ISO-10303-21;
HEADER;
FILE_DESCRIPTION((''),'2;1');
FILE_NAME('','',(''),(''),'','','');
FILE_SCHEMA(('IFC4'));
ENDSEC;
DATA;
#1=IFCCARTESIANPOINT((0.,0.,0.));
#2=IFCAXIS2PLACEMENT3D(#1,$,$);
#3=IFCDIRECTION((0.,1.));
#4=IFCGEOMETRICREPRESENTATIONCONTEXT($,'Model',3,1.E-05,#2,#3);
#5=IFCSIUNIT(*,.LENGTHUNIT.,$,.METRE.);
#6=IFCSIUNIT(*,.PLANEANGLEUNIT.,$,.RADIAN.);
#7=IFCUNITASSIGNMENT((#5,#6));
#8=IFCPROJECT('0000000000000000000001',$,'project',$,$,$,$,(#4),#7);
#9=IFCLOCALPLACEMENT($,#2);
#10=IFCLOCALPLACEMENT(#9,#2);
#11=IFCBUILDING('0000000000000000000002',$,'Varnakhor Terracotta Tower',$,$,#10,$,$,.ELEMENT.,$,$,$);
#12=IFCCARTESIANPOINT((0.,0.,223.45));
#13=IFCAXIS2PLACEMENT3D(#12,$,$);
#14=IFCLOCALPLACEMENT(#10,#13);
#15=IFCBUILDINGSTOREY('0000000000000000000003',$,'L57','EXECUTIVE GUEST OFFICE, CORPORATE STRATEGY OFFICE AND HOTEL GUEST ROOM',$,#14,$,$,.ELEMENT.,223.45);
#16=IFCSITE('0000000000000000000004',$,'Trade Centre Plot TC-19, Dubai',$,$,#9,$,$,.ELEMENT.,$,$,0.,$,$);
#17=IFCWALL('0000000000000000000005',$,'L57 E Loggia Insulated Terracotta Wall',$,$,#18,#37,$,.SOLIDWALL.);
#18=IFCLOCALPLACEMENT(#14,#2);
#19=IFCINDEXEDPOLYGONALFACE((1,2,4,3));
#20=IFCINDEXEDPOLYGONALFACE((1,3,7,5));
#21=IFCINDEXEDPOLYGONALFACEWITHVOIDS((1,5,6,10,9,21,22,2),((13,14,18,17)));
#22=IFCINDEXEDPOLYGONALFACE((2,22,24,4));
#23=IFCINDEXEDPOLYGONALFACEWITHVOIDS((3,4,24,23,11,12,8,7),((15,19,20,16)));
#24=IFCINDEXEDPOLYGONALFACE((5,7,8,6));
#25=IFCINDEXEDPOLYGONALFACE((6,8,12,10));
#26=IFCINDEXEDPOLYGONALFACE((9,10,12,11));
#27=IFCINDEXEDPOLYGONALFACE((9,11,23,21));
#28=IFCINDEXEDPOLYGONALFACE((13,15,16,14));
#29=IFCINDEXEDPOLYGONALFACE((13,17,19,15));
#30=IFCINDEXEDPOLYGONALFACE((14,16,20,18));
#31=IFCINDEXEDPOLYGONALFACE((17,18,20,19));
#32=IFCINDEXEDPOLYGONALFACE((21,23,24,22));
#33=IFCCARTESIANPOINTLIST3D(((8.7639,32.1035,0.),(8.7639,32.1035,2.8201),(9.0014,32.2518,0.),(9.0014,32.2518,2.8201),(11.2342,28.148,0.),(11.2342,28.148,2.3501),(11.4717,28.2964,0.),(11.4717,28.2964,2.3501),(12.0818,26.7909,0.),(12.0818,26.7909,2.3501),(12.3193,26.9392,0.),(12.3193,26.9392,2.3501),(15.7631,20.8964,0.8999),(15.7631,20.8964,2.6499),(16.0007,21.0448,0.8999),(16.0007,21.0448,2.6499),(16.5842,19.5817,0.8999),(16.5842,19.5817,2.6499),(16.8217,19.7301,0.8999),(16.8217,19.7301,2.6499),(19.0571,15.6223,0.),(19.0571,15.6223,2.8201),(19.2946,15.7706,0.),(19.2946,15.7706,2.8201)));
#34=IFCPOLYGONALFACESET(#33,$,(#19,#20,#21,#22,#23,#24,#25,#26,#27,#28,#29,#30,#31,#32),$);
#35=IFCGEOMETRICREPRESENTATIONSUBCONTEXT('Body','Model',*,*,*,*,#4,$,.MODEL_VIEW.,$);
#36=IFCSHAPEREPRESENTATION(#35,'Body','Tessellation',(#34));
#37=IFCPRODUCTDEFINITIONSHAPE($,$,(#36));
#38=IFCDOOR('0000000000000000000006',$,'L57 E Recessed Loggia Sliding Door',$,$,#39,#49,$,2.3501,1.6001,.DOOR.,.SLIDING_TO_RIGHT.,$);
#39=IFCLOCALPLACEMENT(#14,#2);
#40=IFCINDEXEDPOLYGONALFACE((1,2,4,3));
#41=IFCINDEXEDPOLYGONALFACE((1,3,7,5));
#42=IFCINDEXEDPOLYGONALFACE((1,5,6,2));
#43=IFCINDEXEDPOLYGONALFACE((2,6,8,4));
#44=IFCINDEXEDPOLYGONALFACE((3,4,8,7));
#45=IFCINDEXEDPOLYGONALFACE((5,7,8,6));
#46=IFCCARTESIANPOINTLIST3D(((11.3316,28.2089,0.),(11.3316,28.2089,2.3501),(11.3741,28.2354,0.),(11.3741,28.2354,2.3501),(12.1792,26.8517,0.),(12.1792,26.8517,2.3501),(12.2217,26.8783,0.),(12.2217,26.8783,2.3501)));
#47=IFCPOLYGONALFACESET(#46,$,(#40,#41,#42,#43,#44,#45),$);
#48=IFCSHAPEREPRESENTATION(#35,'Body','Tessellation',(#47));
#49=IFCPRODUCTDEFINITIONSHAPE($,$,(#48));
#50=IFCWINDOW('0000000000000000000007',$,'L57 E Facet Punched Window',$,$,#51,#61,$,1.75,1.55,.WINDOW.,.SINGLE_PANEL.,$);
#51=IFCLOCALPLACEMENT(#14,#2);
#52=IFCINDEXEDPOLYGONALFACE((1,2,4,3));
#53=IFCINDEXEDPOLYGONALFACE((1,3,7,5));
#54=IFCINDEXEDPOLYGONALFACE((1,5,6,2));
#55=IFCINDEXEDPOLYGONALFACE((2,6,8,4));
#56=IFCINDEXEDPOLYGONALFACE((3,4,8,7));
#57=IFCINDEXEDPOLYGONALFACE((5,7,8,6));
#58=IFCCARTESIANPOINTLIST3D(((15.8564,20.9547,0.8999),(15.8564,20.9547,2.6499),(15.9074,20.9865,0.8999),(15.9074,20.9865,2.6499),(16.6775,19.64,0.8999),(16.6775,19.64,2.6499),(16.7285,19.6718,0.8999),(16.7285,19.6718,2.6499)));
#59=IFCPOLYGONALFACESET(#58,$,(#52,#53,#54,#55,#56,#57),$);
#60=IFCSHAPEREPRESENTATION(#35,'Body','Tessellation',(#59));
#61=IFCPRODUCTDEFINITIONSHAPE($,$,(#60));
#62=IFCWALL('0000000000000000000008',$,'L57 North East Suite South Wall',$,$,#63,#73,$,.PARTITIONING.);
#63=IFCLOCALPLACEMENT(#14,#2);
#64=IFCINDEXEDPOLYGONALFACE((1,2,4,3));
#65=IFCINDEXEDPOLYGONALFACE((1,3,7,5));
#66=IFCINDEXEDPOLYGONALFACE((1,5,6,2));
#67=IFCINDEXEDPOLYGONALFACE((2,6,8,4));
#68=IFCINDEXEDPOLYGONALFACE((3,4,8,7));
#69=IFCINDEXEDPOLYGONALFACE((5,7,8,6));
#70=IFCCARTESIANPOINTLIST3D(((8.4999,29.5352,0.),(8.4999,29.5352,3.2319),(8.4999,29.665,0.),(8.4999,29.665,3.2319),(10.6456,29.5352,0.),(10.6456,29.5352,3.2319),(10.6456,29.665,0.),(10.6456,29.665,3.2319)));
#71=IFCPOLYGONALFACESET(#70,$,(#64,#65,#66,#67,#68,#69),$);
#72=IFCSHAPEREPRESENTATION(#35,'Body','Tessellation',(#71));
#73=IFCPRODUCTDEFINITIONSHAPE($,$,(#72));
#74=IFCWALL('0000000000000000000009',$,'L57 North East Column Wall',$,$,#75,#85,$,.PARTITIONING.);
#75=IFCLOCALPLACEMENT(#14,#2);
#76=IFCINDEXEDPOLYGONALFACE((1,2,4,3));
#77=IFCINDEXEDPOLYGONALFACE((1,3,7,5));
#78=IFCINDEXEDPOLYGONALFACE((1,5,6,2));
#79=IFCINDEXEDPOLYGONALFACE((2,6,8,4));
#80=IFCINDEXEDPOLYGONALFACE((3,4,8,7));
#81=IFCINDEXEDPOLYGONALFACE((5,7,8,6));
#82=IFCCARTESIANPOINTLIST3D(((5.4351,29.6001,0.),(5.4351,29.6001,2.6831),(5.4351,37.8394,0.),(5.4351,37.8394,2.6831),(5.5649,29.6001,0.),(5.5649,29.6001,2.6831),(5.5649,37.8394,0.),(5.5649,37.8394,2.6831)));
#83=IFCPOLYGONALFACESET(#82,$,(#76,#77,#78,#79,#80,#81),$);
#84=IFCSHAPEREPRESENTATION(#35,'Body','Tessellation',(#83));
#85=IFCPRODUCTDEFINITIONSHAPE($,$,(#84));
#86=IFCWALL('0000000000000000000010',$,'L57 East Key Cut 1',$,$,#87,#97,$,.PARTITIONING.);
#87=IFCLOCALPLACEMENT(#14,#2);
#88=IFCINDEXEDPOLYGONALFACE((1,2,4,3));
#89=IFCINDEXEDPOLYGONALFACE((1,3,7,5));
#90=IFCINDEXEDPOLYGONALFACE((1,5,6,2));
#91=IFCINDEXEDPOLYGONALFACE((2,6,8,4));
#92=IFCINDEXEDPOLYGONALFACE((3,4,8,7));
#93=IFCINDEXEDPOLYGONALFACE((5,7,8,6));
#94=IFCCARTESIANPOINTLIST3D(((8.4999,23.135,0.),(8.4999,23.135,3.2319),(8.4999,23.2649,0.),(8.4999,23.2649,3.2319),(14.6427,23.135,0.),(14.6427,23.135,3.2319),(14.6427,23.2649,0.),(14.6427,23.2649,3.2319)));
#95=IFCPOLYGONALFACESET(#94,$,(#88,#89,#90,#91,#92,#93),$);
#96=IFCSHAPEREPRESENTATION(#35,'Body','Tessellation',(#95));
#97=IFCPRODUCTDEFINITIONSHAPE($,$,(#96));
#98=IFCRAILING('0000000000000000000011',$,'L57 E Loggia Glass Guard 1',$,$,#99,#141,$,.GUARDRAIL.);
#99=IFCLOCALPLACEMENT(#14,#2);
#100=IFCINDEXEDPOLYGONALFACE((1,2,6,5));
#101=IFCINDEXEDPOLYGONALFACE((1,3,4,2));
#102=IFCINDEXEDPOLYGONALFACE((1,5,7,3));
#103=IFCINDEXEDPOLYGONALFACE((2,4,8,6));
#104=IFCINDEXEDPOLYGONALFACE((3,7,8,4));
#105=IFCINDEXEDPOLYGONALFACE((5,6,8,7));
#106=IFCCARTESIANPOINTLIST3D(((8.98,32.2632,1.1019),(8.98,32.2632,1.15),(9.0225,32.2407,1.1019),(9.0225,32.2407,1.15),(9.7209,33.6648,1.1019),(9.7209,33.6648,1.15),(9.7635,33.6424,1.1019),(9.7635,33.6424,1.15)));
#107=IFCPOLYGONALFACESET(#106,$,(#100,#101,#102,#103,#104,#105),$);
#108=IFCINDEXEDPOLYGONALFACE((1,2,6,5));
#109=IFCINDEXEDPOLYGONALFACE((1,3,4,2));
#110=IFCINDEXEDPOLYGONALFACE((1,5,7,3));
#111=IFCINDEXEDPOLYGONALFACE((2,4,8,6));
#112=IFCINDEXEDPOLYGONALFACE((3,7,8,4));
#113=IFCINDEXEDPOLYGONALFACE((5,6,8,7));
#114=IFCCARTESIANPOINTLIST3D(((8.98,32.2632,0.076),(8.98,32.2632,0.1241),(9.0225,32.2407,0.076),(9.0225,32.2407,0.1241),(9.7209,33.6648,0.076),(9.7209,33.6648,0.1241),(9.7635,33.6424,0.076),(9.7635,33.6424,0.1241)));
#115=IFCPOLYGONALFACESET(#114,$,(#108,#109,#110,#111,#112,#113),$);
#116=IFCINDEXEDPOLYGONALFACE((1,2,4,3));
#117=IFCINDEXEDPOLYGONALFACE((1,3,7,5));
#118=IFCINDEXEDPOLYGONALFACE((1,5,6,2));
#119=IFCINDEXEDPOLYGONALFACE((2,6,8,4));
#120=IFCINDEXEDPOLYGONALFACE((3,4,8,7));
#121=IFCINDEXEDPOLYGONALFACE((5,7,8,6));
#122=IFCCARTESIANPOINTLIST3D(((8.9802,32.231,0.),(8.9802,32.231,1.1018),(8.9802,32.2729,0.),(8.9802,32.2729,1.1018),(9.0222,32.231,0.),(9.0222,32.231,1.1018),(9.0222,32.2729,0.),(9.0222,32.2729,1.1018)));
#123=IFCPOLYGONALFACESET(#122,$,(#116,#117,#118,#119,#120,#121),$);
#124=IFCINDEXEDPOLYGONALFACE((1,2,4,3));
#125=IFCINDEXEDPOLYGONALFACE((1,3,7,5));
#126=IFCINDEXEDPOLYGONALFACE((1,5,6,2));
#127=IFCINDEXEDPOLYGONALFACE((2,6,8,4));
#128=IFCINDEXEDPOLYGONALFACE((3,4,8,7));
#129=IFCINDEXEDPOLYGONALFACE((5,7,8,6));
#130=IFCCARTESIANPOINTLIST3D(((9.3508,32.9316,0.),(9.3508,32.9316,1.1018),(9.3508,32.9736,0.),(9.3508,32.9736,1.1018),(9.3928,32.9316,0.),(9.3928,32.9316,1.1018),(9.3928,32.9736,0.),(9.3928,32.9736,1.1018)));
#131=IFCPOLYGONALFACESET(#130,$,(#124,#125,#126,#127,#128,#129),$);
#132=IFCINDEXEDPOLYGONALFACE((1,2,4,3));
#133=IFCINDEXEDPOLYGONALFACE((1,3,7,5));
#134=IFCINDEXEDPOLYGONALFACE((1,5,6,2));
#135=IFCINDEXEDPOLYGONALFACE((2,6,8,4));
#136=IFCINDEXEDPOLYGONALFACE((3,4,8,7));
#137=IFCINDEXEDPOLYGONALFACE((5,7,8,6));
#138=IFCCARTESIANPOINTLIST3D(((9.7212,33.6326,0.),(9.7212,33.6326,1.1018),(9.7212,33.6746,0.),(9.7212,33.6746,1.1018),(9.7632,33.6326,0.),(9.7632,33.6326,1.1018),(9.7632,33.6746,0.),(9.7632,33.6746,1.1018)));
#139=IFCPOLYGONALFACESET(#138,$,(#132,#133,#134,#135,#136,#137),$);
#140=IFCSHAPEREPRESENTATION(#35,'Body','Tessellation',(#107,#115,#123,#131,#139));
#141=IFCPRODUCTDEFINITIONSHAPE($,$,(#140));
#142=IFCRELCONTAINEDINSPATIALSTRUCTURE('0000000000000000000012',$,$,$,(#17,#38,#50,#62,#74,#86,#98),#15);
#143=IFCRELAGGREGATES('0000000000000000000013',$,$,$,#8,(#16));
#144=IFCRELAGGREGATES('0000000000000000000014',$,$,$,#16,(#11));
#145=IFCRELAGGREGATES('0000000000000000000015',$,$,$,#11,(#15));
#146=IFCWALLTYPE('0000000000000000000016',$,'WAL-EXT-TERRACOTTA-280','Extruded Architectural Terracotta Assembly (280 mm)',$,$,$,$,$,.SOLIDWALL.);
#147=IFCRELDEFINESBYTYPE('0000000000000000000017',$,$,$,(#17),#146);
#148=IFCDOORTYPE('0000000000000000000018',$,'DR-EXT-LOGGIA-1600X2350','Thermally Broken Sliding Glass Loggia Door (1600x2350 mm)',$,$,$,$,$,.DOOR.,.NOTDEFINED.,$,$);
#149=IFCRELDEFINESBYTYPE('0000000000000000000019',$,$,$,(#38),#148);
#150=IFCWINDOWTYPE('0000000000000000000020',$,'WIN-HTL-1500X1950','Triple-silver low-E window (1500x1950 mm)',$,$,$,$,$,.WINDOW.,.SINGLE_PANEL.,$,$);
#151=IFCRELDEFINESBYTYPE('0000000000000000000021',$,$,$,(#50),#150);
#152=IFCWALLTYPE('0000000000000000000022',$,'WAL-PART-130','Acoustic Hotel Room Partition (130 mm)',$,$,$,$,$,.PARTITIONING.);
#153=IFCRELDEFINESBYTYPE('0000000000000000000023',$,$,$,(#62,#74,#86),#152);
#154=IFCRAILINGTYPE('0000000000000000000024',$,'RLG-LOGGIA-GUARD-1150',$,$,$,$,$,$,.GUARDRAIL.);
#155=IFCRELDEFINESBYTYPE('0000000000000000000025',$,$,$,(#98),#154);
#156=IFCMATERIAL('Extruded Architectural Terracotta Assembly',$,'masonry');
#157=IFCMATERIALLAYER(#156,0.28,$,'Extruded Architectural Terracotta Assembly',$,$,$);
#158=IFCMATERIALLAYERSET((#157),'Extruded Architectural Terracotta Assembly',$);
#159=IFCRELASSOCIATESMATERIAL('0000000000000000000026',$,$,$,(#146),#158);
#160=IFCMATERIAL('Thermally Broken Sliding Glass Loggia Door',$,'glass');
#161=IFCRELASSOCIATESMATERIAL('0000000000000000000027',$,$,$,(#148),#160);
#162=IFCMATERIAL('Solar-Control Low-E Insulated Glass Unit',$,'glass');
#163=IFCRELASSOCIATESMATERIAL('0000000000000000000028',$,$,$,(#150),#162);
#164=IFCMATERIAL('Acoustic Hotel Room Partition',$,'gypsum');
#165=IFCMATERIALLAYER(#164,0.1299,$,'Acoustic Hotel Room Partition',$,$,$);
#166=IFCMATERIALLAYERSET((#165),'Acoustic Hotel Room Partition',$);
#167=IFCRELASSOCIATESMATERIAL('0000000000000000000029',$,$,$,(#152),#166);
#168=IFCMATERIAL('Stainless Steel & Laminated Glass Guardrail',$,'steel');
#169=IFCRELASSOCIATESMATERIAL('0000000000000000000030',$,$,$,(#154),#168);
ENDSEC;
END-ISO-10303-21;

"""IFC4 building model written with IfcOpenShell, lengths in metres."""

from ifc_helpers import new_model, si_unit, direction, frame, frame_2d, origin, origin_2d, place, context, subcontext, project, spatial, rectangle, extrude, source, transform, mapped, material, layer, layer_set, type_object, type_shapes, element, fill, save


model = new_model("IFC4")

# Units and contexts
model_context = context("Model", 3, precision=1e-05, world=origin(), true_north=direction((0.0, 1.0)))
body_context = subcontext(model_context, "Body", "Model", "MODEL_VIEW")
ifc_project = project(units=[si_unit("LENGTHUNIT", "METRE"), si_unit("PLANEANGLEUNIT", "RADIAN")], contexts=[model_context])

# Site, building, storey
site_placement = place(None, origin())
site = spatial("IfcSite", under=ifc_project, at=site_placement, Name="Trade Centre Plot TC-19, Dubai", CompositionType="ELEMENT", RefElevation=0.0)
building_placement = place(site_placement, origin())
building = spatial("IfcBuilding", under=site, at=building_placement, Name="Varnakhor Terracotta Tower", CompositionType="ELEMENT")
storey_placement = place(building_placement, frame((0.0, 0.0, 223.45)))
storey = spatial("IfcBuildingStorey", under=building, at=storey_placement, Name="L57", Description="EXECUTIVE GUEST OFFICE, CORPORATE STRATEGY OFFICE AND HOTEL GUEST ROOM", CompositionType="ELEMENT", Elevation=223.45)

# Wall, openings, door, window
ifc_material_1 = material(Name="Extruded Architectural Terracotta Assembly", Category="masonry")
ifc_layer_1 = layer(ifc_material_1, 0.28, Name="Extruded Architectural Terracotta Assembly")
ifc_layer_set_1 = layer_set([ifc_layer_1], Name="Extruded Architectural Terracotta Assembly")
wall_type_1 = type_object("IfcWallType", Name="WAL-EXT-TERRACOTTA-280", Description="Extruded Architectural Terracotta Assembly (280 mm)", PredefinedType="SOLIDWALL", material=ifc_layer_set_1)
wall_1_placement = place(storey_placement, frame((8.8826, 32.1777, 0.0), z_axis=(0.0, 0.0, 1.0), x_axis=(0.52972, -0.848173, 0.0)))
wall_1 = element("IfcWall", 1, at=wall_1_placement, inside=storey, type_object=wall_type_1, Name="L57 E Loggia Insulated Terracotta Wall", PredefinedType="SOLIDWALL", context=body_context, shape_type="SweptSolid", body=[
    extrude(rectangle(XDim=19.4314, YDim=0.28, at=frame_2d((9.7158, 0.0))), origin(), (0.0, 0.0, 1.0), 2.8201),
])
opening_1_placement = place(wall_1_placement, frame((4.6636, 0.0, 0.0)))
opening_1 = element("IfcOpeningElement", 2, at=opening_1_placement, cuts=wall_1, PredefinedType="OPENING", context=body_context, shape_type="SweptSolid", body=[
    extrude(rectangle(XDim=1.6001, YDim=2.3501, at=frame_2d((0.8, 1.175))), frame((0.0, 0.1499, 0.0), z_axis=(0.0, -1.0, 0.0), x_axis=(1.0, 0.0, 0.0)), (0.0, 0.0, 1.0), 0.3),
])
opening_2_placement = place(wall_1_placement, frame((13.2134, 0.0, 0.8999)))
opening_2 = element("IfcOpeningElement", 3, at=opening_2_placement, cuts=wall_1, PredefinedType="OPENING", context=body_context, shape_type="SweptSolid", body=[
    extrude(rectangle(XDim=1.55, YDim=1.75, at=frame_2d((0.7749, 0.875))), frame((0.0, 0.1499, 0.0), z_axis=(0.0, -1.0, 0.0), x_axis=(1.0, 0.0, 0.0)), (0.0, 0.0, 1.0), 0.3),
])
ifc_material_2 = material(Name="Thermally Broken Sliding Glass Loggia Door", Category="glass")
door_type = type_object("IfcDoorType", Name="DR-EXT-LOGGIA-1600X2350", Description="Thermally Broken Sliding Glass Loggia Door (1600x2350 mm)", OperationType="NOTDEFINED", PredefinedType="DOOR", material=ifc_material_2)
shared_shape_1 = source(origin(), body_context, "Body", "SweptSolid", [
    extrude(rectangle(XDim=1.6001, YDim=2.3501, at=frame_2d((0.8, 1.175))), frame((0.0, 0.0249, 0.0), z_axis=(0.0, -1.0, 0.0), x_axis=(1.0, 0.0, 0.0)), (0.0, 0.0, 1.0), 0.05),
])
type_shapes(door_type, [shared_shape_1])
door_placement = place(opening_1_placement, origin())
door = element("IfcDoor", 4, at=door_placement, inside=storey, type_object=door_type, Name="L57 E Recessed Loggia Sliding Door", OperationType="SLIDING_TO_RIGHT", OverallHeight=2.3501, OverallWidth=1.6001, PredefinedType="DOOR", context=body_context, shape_type="MappedRepresentation", body=[
    mapped(shared_shape_1, transform((0.0, 0.0, 0.0), scale=1.0)),
])
fill(opening_1, door)
ifc_material_3 = material(Name="Solar-Control Low-E Insulated Glass Unit", Category="glass")
window_type = type_object("IfcWindowType", Name="WIN-HTL-1500X1950", Description="Triple-silver low-E window (1500x1950 mm)", PartitioningType="SINGLE_PANEL", PredefinedType="WINDOW", material=ifc_material_3)
shared_shape_2 = source(origin(), body_context, "Body", "SweptSolid", [
    extrude(rectangle(XDim=1.55, YDim=1.75, at=frame_2d((0.7749, 0.875))), frame((0.0, 0.03, 0.0), z_axis=(0.0, -1.0, 0.0), x_axis=(1.0, 0.0, 0.0)), (0.0, 0.0, 1.0), 0.0601),
])
type_shapes(window_type, [shared_shape_2])
window_placement = place(opening_2_placement, origin())
window = element("IfcWindow", 5, at=window_placement, inside=storey, type_object=window_type, Name="L57 E Facet Punched Window", OverallHeight=1.75, OverallWidth=1.55, PartitioningType="SINGLE_PANEL", PredefinedType="WINDOW", context=body_context, shape_type="MappedRepresentation", body=[
    mapped(shared_shape_2, transform((0.0, 0.0, 0.0), scale=1.0)),
])
fill(opening_2, window)

# Walls
ifc_material_4 = material(Name="Acoustic Hotel Room Partition", Category="gypsum")
ifc_layer_2 = layer(ifc_material_4, 0.1299, Name="Acoustic Hotel Room Partition")
ifc_layer_set_2 = layer_set([ifc_layer_2], Name="Acoustic Hotel Room Partition")
wall_type_2 = type_object("IfcWallType", Name="WAL-PART-130", Description="Acoustic Hotel Room Partition (130 mm)", PredefinedType="PARTITIONING", material=ifc_layer_set_2)
wall_2_placement = place(storey_placement, frame((8.5, 29.6001, 0.0), z_axis=(0.0, 0.0, 1.0), x_axis=(1.0, 0.0, 0.0)))
element("IfcWall", 6, at=wall_2_placement, inside=storey, type_object=wall_type_2, Name="L57 North East Suite South Wall", PredefinedType="PARTITIONING", context=body_context, shape_type="SweptSolid", body=[
    extrude(rectangle(XDim=2.1458, YDim=0.1299, at=frame_2d((1.0728, 0.0))), origin(), (0.0, 0.0, 1.0), 3.2319),
])
wall_3_placement = place(storey_placement, frame((5.5, 29.6001, 0.0), z_axis=(0.0, 0.0, 1.0), x_axis=(0.0, 1.0, 0.0)))
element("IfcWall", 7, at=wall_3_placement, inside=storey, type_object=wall_type_2, Name="L57 North East Column Wall", PredefinedType="PARTITIONING", context=body_context, shape_type="SweptSolid", body=[
    extrude(rectangle(XDim=8.2393, YDim=0.1299, at=frame_2d((4.1196, 0.0))), origin(), (0.0, 0.0, 1.0), 2.6831),
])
wall_4_placement = place(storey_placement, frame((8.5, 23.2, 0.0), z_axis=(0.0, 0.0, 1.0), x_axis=(1.0, 0.0, 0.0)))
element("IfcWall", 8, at=wall_4_placement, inside=storey, type_object=wall_type_2, Name="L57 East Key Cut 1", PredefinedType="PARTITIONING", context=body_context, shape_type="SweptSolid", body=[
    extrude(rectangle(XDim=6.1428, YDim=0.1299, at=frame_2d((3.0713, 0.0))), origin(), (0.0, 0.0, 1.0), 3.2319),
])

# Railing
ifc_material_5 = material(Name="Stainless Steel & Laminated Glass Guardrail", Category="steel")
railing_type = type_object("IfcRailingType", Name="RLG-LOGGIA-GUARD-1150", PredefinedType="GUARDRAIL", material=ifc_material_5)
railing_1_placement = place(storey_placement, frame((9.0012, 32.252, 0.0)))
element("IfcRailing", 9, at=railing_1_placement, inside=storey, type_object=railing_type, Name="L57 E Loggia Glass Guard 1", PredefinedType="GUARDRAIL", context=body_context, shape_type="SweptSolid", body=[
    extrude(rectangle(XDim=0.0481, YDim=0.0481, at=origin_2d()), frame((0.0, 0.0, 1.126), z_axis=(0.467364, 0.884065, 0.0), x_axis=(-0.884065, 0.467364, 0.0)), (0.0, 0.0, 1.0), 1.5854),
    extrude(rectangle(XDim=0.0481, YDim=0.0481, at=origin_2d()), frame((0.0, 0.0, 0.1001), z_axis=(0.467364, 0.884065, 0.0), x_axis=(-0.884065, 0.467364, 0.0)), (0.0, 0.0, 1.0), 1.5854),
    extrude(rectangle(XDim=0.042, YDim=0.042, at=origin_2d()), origin(), (0.0, 0.0, 1.0), 1.1018),
    extrude(rectangle(XDim=0.042, YDim=0.042, at=origin_2d()), frame((0.3706, 0.7007, 0.0)), (0.0, 0.0, 1.0), 1.1018),
    extrude(rectangle(XDim=0.042, YDim=0.042, at=origin_2d()), frame((0.741, 1.4016, 0.0)), (0.0, 0.0, 1.0), 1.1018),
])

save(model, "model.ifc")
